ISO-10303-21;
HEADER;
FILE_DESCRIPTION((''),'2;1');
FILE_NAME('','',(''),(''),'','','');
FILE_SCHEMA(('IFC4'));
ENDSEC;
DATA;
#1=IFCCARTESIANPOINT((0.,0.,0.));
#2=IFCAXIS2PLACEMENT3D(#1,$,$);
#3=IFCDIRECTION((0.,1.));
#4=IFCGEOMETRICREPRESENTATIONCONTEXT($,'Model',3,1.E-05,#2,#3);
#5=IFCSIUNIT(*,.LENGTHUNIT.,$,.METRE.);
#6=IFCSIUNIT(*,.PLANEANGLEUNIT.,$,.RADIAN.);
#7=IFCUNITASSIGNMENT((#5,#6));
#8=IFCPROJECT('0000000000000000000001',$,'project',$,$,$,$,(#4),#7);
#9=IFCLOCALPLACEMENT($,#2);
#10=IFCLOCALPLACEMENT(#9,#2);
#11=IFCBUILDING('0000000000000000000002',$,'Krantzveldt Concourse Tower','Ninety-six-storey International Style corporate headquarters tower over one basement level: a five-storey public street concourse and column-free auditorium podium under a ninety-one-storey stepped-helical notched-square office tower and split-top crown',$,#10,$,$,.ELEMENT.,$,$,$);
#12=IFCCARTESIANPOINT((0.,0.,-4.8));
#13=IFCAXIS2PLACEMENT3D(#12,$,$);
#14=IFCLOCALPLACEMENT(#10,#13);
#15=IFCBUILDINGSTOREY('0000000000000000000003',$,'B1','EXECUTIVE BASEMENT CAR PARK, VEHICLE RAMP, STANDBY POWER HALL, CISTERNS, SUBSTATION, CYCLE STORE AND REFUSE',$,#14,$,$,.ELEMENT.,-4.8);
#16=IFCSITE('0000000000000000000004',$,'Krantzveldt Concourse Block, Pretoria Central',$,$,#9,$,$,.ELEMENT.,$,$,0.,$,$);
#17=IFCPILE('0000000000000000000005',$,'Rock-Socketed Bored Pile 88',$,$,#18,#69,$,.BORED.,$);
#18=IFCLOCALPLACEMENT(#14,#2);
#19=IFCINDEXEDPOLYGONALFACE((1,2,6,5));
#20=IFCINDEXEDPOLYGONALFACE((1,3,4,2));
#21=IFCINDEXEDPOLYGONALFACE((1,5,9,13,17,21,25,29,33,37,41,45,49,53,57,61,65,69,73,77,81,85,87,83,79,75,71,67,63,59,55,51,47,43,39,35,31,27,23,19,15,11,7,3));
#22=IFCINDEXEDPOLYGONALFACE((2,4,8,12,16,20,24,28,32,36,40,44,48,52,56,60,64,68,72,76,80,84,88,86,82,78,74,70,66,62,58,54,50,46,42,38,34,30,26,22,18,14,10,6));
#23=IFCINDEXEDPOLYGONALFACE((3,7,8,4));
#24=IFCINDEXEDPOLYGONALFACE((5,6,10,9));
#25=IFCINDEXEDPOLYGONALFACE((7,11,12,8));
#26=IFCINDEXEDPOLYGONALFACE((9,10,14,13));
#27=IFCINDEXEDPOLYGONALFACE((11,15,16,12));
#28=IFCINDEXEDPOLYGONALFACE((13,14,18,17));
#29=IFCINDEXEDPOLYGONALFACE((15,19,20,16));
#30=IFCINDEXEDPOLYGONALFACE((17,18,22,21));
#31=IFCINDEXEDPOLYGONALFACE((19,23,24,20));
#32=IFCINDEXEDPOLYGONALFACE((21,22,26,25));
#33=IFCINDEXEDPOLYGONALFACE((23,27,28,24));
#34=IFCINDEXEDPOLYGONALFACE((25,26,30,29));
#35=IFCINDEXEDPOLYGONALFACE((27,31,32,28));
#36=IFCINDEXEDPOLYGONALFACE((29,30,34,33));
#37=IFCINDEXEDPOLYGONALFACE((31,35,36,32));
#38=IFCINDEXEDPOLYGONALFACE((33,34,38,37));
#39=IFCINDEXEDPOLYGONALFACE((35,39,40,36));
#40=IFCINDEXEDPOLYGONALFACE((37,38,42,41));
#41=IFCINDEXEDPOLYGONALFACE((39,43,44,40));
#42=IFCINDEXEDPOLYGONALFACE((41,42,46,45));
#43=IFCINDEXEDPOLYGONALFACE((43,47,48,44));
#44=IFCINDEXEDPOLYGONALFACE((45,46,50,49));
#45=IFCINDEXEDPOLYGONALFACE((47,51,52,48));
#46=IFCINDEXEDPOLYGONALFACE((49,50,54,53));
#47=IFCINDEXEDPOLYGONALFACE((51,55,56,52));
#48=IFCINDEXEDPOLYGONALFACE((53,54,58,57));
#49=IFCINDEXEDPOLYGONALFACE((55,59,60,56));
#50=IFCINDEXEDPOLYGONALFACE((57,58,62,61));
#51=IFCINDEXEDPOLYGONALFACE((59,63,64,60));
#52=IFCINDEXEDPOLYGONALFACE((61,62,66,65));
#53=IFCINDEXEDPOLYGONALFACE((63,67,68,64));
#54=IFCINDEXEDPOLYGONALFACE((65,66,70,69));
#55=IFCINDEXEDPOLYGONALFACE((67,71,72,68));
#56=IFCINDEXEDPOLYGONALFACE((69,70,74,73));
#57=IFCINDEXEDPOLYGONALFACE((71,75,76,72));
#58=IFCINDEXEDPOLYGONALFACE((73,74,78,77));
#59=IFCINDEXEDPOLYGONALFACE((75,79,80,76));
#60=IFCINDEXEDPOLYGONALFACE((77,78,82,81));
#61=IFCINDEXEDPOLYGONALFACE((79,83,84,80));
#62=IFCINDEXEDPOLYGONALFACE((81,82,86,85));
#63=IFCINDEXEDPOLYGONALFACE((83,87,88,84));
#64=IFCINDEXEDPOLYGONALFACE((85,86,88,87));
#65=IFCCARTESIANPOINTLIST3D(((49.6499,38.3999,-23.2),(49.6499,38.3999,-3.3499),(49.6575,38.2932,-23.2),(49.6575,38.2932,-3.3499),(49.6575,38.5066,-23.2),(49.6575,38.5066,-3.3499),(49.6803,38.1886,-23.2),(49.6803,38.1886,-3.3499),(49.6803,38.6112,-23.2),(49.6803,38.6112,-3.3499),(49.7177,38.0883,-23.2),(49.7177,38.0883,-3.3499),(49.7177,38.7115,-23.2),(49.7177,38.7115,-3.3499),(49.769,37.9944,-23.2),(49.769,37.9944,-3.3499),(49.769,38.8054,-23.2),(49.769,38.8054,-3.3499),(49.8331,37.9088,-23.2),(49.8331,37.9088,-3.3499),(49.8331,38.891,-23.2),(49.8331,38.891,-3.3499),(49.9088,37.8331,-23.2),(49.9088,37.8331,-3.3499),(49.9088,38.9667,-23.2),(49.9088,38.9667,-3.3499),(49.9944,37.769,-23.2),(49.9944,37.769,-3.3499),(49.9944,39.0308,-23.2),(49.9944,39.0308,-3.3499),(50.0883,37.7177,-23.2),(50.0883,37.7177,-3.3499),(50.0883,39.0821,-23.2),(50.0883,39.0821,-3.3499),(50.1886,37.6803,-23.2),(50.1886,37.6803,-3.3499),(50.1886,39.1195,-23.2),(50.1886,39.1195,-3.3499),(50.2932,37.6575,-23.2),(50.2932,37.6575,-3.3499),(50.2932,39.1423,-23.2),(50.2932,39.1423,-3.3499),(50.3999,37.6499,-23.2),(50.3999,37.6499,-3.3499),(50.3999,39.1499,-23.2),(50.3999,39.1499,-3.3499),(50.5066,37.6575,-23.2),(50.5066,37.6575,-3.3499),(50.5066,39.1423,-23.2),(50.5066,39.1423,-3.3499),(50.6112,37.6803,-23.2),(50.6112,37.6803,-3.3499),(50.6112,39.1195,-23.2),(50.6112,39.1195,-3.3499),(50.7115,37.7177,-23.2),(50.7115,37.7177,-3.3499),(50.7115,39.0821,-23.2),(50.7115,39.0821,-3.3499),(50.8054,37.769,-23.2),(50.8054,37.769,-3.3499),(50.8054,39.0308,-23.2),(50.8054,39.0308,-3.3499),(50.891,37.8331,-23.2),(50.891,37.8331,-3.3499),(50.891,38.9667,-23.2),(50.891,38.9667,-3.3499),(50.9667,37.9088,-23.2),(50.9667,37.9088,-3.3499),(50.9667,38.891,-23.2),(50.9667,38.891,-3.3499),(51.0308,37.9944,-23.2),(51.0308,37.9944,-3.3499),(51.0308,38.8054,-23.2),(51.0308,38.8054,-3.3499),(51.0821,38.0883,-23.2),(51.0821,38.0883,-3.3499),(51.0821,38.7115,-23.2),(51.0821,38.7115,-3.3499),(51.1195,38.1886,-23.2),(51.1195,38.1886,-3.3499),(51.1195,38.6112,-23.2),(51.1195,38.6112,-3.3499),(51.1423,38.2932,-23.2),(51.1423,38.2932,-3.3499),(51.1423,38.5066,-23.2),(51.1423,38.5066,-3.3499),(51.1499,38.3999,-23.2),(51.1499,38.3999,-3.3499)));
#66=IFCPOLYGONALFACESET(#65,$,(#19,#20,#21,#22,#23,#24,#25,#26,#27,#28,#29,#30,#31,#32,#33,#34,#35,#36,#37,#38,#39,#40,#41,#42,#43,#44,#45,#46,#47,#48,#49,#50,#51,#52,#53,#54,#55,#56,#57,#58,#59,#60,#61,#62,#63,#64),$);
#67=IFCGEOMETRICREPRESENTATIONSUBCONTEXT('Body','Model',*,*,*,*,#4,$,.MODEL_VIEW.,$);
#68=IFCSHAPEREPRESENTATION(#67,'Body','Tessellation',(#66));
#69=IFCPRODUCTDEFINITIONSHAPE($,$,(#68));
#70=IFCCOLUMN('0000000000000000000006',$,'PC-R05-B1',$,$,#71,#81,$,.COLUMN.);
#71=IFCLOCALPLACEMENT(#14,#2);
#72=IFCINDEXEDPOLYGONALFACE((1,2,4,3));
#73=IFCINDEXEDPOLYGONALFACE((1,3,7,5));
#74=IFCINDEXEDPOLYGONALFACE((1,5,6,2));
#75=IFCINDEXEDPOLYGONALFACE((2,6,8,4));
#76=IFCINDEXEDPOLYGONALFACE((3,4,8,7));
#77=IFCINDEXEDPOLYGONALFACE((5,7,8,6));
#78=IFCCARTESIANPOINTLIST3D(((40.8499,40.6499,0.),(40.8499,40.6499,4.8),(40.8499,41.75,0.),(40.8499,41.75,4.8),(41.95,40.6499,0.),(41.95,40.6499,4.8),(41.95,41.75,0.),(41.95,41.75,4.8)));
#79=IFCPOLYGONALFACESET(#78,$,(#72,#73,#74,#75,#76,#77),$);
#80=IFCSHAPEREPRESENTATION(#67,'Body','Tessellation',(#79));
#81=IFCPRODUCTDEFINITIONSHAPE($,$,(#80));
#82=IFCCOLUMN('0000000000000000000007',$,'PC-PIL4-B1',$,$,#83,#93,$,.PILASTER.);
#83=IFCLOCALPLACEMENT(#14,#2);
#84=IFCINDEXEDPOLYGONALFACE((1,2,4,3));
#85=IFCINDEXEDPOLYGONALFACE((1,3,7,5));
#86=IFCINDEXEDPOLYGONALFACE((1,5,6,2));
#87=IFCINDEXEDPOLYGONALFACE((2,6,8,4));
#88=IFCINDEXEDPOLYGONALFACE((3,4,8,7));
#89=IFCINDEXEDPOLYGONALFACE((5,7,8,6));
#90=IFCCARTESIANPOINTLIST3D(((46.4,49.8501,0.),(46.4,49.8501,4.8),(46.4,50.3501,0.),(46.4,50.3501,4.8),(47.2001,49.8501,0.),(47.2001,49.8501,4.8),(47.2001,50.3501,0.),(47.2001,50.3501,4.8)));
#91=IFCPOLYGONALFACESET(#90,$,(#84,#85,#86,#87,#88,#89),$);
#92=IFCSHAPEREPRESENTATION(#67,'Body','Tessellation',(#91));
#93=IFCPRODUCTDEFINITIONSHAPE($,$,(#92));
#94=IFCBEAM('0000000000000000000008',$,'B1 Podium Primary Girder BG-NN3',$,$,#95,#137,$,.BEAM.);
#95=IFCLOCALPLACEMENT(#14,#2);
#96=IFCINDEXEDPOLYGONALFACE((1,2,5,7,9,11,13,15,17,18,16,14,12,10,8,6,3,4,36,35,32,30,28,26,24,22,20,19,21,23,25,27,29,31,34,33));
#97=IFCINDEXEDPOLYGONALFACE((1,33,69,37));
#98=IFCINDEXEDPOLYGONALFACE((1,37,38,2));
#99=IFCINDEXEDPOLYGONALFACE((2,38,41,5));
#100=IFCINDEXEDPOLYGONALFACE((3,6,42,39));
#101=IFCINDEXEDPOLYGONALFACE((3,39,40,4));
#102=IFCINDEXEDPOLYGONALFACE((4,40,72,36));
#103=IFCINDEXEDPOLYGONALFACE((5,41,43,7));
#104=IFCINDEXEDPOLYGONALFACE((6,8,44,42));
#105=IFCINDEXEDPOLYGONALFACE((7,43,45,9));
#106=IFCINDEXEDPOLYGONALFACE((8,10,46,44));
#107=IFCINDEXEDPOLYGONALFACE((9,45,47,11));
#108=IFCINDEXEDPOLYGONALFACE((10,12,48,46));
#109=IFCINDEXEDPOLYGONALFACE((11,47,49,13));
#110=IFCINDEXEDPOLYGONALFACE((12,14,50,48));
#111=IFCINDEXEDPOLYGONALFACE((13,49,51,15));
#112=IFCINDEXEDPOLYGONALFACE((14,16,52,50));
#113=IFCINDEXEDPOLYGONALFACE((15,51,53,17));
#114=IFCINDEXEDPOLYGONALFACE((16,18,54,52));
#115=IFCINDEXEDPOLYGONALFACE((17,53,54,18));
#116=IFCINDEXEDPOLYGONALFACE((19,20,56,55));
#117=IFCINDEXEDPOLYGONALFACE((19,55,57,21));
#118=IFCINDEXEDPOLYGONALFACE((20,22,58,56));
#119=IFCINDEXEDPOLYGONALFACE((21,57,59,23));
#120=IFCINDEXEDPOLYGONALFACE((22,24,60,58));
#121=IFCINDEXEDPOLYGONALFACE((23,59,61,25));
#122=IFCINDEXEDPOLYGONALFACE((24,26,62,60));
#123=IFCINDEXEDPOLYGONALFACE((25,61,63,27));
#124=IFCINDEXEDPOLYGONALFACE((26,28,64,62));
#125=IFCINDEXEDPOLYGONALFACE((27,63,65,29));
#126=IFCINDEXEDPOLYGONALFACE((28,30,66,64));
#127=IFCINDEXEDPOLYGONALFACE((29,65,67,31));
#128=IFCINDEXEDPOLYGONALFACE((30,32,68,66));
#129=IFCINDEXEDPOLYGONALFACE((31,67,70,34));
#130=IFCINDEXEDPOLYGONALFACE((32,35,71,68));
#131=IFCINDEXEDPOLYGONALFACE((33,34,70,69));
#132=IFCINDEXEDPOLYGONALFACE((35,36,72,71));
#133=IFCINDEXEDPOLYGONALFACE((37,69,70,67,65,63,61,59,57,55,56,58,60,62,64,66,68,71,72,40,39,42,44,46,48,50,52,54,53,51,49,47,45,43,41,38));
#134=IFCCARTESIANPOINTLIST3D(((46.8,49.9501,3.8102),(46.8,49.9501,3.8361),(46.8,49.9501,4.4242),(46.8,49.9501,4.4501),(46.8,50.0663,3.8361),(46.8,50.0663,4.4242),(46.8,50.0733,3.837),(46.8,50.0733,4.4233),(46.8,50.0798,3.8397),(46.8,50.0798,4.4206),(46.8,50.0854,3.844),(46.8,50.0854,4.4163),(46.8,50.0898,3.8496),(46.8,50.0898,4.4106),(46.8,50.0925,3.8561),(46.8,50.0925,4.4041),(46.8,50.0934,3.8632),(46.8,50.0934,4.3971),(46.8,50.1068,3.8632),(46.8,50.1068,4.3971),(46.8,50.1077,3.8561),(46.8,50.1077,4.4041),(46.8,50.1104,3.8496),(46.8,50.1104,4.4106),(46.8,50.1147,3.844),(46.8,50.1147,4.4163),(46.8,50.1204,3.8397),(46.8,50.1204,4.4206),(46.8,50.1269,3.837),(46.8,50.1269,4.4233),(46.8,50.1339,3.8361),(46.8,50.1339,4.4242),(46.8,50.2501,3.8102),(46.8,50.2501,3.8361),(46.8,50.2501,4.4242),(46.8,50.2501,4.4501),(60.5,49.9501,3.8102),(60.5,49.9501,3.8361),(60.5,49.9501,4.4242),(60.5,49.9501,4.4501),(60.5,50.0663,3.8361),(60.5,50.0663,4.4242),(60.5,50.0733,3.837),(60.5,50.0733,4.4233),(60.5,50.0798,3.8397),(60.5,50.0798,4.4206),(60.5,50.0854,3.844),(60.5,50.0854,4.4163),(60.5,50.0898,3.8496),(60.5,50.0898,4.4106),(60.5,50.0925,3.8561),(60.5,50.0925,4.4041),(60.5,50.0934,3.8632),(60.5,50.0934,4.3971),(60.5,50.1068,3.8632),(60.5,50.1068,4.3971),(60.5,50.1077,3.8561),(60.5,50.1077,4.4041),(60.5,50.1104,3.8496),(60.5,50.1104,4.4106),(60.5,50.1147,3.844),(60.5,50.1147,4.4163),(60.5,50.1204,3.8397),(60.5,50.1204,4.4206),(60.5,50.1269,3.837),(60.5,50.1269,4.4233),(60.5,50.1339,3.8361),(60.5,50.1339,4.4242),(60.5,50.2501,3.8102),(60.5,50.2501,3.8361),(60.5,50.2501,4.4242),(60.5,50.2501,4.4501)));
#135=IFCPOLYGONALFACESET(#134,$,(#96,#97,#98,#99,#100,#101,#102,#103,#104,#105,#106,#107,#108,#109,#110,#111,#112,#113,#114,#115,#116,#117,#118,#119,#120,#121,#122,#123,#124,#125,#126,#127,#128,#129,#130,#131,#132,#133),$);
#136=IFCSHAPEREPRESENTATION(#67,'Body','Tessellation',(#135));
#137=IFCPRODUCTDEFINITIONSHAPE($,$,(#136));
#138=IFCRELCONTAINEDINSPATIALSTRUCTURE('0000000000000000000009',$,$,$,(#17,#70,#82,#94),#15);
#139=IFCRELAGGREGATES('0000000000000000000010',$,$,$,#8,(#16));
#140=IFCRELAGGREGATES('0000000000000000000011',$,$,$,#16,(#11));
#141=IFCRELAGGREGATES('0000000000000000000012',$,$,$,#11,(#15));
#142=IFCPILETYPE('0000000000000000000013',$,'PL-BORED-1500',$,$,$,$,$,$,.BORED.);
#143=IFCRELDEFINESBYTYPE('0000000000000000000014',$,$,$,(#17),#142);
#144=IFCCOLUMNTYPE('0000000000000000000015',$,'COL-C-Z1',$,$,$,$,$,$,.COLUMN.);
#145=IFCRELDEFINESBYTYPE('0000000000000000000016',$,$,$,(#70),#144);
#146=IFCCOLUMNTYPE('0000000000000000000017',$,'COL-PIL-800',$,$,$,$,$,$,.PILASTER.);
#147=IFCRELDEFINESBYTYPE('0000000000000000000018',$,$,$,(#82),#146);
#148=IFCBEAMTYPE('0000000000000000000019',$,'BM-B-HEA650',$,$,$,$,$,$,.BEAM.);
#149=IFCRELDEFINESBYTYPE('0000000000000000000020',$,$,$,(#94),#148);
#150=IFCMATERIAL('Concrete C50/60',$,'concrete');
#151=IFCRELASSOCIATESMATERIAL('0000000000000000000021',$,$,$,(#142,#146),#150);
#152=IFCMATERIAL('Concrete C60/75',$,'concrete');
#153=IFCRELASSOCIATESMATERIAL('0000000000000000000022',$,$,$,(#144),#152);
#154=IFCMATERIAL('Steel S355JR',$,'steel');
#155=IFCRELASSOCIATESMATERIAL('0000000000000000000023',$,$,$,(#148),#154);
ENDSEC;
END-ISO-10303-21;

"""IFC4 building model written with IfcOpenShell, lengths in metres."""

from ifc_helpers import new_model, si_unit, direction, frame, origin, origin_2d, place, context, subcontext, project, spatial, rectangle, circle, i_section, extrude, source, transform, mapped, material, material_profile, profile_set, type_object, type_shapes, element, save


model = new_model("IFC4")

# Units and contexts
model_context = context("Model", 3, precision=1e-05, world=origin(), true_north=direction((0.0, 1.0)))
body_context = subcontext(model_context, "Body", "Model", "MODEL_VIEW")
ifc_project = project(units=[si_unit("LENGTHUNIT", "METRE"), si_unit("PLANEANGLEUNIT", "RADIAN")], contexts=[model_context])

# Site, building, storey
site_placement = place(None, origin())
site = spatial("IfcSite", under=ifc_project, at=site_placement, Name="Krantzveldt Concourse Block, Pretoria Central", CompositionType="ELEMENT", RefElevation=0.0)
building_placement = place(site_placement, origin())
building = spatial("IfcBuilding", under=site, at=building_placement, Name="Krantzveldt Concourse Tower", Description="Ninety-six-storey International Style corporate headquarters tower over one basement level: a five-storey public street concourse and column-free auditorium podium under a ninety-one-storey stepped-helical notched-square office tower and split-top crown", CompositionType="ELEMENT")
storey_placement = place(building_placement, frame((0.0, 0.0, -4.8)))
storey = spatial("IfcBuildingStorey", under=building, at=storey_placement, Name="B1", Description="EXECUTIVE BASEMENT CAR PARK, VEHICLE RAMP, STANDBY POWER HALL, CISTERNS, SUBSTATION, CYCLE STORE AND REFUSE", CompositionType="ELEMENT", Elevation=-4.8)

# Pile
ifc_material_1 = material(Name="Concrete C50/60", Category="concrete")
ifc_material_profile_1 = material_profile(ifc_material_1, circle(Radius=0.75, at=origin_2d()), Name="Concrete C50/60", Category="concrete")
ifc_profile_set_1 = profile_set([ifc_material_profile_1], Name="Concrete C50/60 - PILE D1500")
pile_type_1 = type_object("IfcPileType", Name="PL-BORED-1500", PredefinedType="BORED", material=ifc_profile_set_1)
shared_shape_1 = source(origin(), body_context, "Body", "SweptSolid", [
    extrude(circle(Radius=0.75, at=origin_2d()), origin(), (0.0, 0.0, 1.0), 19.8501),
])
type_shapes(pile_type_1, [shared_shape_1])
for number, where, z_axis, x_axis, name in (
    (1, (50.3999, 38.3999, -3.3499), (0.0, 0.0, -1.0), (1.0, 0.0, 0.0), "Rock-Socketed Bored Pile 88"),
):
    element("IfcPile", number, at=place(storey_placement, frame(where, z_axis=z_axis, x_axis=x_axis)), inside=storey, type_object=pile_type_1, Name=name, PredefinedType="BORED", context=body_context, shape_type="MappedRepresentation", body=[
        mapped(shared_shape_1, transform((0.0, 0.0, 0.0), x_axis=(1.0, 0.0, 0.0), y_axis=(0.0, 1.0, 0.0), z_axis=(0.0, 0.0, 1.0), scale=1.0)),
    ])

# Columns
ifc_material_2 = material(Name="Concrete C60/75", Category="concrete")
ifc_material_profile_2 = material_profile(ifc_material_2, rectangle(XDim=1.1001, YDim=1.1001, at=origin_2d()), Name="Concrete C60/75", Category="concrete")
ifc_profile_set_2 = profile_set([ifc_material_profile_2], Name="Concrete C60/75 - RC 1100x1100")
column_type_1 = type_object("IfcColumnType", Name="COL-C-Z1", PredefinedType="COLUMN", material=ifc_profile_set_2)
shared_shape_2 = source(origin(), body_context, "Body", "SweptSolid", [
    extrude(rectangle(XDim=1.1001, YDim=1.1001, at=origin_2d()), origin(), (0.0, 0.0, 1.0), 4.8),
])
type_shapes(column_type_1, [shared_shape_2])
column_1_placement = place(storey_placement, frame((41.3999, 41.2, 0.0), z_axis=(0.0, 0.0, 1.0), x_axis=(1.0, 0.0, 0.0)))
element("IfcColumn", 2, at=column_1_placement, inside=storey, type_object=column_type_1, Name="PC-R05-B1", PredefinedType="COLUMN", context=body_context, shape_type="MappedRepresentation", body=[
    mapped(shared_shape_2, transform((0.0, 0.0, 0.0), x_axis=(1.0, 0.0, 0.0), y_axis=(0.0, 1.0, 0.0), z_axis=(0.0, 0.0, 1.0), scale=1.0)),
])
ifc_material_profile_3 = material_profile(ifc_material_1, rectangle(XDim=0.8, YDim=0.5, at=origin_2d()), Name="Concrete C50/60", Category="concrete")
ifc_profile_set_3 = profile_set([ifc_material_profile_3], Name="Concrete C50/60 - RC-PIL 800x500")
column_type_2 = type_object("IfcColumnType", Name="COL-PIL-800", PredefinedType="PILASTER", material=ifc_profile_set_3)
shared_shape_3 = source(origin(), body_context, "Body", "SweptSolid", [
    extrude(rectangle(XDim=0.8, YDim=0.5, at=origin_2d()), origin(), (0.0, 0.0, 1.0), 4.8),
])
type_shapes(column_type_2, [shared_shape_3])
column_2_placement = place(storey_placement, frame((46.8, 50.1001, 0.0), z_axis=(0.0, 0.0, 1.0), x_axis=(1.0, 0.0, 0.0)))
element("IfcColumn", 3, at=column_2_placement, inside=storey, type_object=column_type_2, Name="PC-PIL4-B1", PredefinedType="PILASTER", context=body_context, shape_type="MappedRepresentation", body=[
    mapped(shared_shape_3, transform((0.0, 0.0, 0.0), x_axis=(1.0, 0.0, 0.0), y_axis=(0.0, 1.0, 0.0), z_axis=(0.0, 0.0, 1.0), scale=1.0)),
])

# Beam
ifc_material_3 = material(Name="Steel S355JR", Category="steel")
ifc_material_profile_4 = material_profile(ifc_material_3, i_section(OverallWidth=0.3, OverallDepth=0.6399, WebThickness=0.0134, FlangeThickness=0.0259, FilletRadius=0.0271, at=origin_2d()), Name="Steel S355JR", Category="steel")
ifc_profile_set_4 = profile_set([ifc_material_profile_4], Name="Steel S355JR - HEA 650")
beam_type_1 = type_object("IfcBeamType", Name="BM-B-HEA650", PredefinedType="BEAM", material=ifc_profile_set_4)
shared_shape_4 = source(origin(), body_context, "Body", "SweptSolid", [
    extrude(i_section(OverallWidth=0.3, OverallDepth=0.6399, WebThickness=0.0134, FlangeThickness=0.0259, FilletRadius=0.0271, at=origin_2d()), origin(), (0.0, 0.0, 1.0), 13.7),
])
type_shapes(beam_type_1, [shared_shape_4])
beam_1_placement = place(storey_placement, frame((46.8, 50.1001, 4.1301), z_axis=(1.0, 0.0, 0.0), x_axis=(0.0, 1.0, 0.0)))
element("IfcBeam", 4, at=beam_1_placement, inside=storey, type_object=beam_type_1, Name="B1 Podium Primary Girder BG-NN3", PredefinedType="BEAM", context=body_context, shape_type="MappedRepresentation", body=[
    mapped(shared_shape_4, transform((0.0, 0.0, 0.0), x_axis=(1.0, 0.0, 0.0), y_axis=(0.0, 1.0, 0.0), z_axis=(0.0, 0.0, 1.0), scale=1.0)),
])

save(model, "model.ifc")
